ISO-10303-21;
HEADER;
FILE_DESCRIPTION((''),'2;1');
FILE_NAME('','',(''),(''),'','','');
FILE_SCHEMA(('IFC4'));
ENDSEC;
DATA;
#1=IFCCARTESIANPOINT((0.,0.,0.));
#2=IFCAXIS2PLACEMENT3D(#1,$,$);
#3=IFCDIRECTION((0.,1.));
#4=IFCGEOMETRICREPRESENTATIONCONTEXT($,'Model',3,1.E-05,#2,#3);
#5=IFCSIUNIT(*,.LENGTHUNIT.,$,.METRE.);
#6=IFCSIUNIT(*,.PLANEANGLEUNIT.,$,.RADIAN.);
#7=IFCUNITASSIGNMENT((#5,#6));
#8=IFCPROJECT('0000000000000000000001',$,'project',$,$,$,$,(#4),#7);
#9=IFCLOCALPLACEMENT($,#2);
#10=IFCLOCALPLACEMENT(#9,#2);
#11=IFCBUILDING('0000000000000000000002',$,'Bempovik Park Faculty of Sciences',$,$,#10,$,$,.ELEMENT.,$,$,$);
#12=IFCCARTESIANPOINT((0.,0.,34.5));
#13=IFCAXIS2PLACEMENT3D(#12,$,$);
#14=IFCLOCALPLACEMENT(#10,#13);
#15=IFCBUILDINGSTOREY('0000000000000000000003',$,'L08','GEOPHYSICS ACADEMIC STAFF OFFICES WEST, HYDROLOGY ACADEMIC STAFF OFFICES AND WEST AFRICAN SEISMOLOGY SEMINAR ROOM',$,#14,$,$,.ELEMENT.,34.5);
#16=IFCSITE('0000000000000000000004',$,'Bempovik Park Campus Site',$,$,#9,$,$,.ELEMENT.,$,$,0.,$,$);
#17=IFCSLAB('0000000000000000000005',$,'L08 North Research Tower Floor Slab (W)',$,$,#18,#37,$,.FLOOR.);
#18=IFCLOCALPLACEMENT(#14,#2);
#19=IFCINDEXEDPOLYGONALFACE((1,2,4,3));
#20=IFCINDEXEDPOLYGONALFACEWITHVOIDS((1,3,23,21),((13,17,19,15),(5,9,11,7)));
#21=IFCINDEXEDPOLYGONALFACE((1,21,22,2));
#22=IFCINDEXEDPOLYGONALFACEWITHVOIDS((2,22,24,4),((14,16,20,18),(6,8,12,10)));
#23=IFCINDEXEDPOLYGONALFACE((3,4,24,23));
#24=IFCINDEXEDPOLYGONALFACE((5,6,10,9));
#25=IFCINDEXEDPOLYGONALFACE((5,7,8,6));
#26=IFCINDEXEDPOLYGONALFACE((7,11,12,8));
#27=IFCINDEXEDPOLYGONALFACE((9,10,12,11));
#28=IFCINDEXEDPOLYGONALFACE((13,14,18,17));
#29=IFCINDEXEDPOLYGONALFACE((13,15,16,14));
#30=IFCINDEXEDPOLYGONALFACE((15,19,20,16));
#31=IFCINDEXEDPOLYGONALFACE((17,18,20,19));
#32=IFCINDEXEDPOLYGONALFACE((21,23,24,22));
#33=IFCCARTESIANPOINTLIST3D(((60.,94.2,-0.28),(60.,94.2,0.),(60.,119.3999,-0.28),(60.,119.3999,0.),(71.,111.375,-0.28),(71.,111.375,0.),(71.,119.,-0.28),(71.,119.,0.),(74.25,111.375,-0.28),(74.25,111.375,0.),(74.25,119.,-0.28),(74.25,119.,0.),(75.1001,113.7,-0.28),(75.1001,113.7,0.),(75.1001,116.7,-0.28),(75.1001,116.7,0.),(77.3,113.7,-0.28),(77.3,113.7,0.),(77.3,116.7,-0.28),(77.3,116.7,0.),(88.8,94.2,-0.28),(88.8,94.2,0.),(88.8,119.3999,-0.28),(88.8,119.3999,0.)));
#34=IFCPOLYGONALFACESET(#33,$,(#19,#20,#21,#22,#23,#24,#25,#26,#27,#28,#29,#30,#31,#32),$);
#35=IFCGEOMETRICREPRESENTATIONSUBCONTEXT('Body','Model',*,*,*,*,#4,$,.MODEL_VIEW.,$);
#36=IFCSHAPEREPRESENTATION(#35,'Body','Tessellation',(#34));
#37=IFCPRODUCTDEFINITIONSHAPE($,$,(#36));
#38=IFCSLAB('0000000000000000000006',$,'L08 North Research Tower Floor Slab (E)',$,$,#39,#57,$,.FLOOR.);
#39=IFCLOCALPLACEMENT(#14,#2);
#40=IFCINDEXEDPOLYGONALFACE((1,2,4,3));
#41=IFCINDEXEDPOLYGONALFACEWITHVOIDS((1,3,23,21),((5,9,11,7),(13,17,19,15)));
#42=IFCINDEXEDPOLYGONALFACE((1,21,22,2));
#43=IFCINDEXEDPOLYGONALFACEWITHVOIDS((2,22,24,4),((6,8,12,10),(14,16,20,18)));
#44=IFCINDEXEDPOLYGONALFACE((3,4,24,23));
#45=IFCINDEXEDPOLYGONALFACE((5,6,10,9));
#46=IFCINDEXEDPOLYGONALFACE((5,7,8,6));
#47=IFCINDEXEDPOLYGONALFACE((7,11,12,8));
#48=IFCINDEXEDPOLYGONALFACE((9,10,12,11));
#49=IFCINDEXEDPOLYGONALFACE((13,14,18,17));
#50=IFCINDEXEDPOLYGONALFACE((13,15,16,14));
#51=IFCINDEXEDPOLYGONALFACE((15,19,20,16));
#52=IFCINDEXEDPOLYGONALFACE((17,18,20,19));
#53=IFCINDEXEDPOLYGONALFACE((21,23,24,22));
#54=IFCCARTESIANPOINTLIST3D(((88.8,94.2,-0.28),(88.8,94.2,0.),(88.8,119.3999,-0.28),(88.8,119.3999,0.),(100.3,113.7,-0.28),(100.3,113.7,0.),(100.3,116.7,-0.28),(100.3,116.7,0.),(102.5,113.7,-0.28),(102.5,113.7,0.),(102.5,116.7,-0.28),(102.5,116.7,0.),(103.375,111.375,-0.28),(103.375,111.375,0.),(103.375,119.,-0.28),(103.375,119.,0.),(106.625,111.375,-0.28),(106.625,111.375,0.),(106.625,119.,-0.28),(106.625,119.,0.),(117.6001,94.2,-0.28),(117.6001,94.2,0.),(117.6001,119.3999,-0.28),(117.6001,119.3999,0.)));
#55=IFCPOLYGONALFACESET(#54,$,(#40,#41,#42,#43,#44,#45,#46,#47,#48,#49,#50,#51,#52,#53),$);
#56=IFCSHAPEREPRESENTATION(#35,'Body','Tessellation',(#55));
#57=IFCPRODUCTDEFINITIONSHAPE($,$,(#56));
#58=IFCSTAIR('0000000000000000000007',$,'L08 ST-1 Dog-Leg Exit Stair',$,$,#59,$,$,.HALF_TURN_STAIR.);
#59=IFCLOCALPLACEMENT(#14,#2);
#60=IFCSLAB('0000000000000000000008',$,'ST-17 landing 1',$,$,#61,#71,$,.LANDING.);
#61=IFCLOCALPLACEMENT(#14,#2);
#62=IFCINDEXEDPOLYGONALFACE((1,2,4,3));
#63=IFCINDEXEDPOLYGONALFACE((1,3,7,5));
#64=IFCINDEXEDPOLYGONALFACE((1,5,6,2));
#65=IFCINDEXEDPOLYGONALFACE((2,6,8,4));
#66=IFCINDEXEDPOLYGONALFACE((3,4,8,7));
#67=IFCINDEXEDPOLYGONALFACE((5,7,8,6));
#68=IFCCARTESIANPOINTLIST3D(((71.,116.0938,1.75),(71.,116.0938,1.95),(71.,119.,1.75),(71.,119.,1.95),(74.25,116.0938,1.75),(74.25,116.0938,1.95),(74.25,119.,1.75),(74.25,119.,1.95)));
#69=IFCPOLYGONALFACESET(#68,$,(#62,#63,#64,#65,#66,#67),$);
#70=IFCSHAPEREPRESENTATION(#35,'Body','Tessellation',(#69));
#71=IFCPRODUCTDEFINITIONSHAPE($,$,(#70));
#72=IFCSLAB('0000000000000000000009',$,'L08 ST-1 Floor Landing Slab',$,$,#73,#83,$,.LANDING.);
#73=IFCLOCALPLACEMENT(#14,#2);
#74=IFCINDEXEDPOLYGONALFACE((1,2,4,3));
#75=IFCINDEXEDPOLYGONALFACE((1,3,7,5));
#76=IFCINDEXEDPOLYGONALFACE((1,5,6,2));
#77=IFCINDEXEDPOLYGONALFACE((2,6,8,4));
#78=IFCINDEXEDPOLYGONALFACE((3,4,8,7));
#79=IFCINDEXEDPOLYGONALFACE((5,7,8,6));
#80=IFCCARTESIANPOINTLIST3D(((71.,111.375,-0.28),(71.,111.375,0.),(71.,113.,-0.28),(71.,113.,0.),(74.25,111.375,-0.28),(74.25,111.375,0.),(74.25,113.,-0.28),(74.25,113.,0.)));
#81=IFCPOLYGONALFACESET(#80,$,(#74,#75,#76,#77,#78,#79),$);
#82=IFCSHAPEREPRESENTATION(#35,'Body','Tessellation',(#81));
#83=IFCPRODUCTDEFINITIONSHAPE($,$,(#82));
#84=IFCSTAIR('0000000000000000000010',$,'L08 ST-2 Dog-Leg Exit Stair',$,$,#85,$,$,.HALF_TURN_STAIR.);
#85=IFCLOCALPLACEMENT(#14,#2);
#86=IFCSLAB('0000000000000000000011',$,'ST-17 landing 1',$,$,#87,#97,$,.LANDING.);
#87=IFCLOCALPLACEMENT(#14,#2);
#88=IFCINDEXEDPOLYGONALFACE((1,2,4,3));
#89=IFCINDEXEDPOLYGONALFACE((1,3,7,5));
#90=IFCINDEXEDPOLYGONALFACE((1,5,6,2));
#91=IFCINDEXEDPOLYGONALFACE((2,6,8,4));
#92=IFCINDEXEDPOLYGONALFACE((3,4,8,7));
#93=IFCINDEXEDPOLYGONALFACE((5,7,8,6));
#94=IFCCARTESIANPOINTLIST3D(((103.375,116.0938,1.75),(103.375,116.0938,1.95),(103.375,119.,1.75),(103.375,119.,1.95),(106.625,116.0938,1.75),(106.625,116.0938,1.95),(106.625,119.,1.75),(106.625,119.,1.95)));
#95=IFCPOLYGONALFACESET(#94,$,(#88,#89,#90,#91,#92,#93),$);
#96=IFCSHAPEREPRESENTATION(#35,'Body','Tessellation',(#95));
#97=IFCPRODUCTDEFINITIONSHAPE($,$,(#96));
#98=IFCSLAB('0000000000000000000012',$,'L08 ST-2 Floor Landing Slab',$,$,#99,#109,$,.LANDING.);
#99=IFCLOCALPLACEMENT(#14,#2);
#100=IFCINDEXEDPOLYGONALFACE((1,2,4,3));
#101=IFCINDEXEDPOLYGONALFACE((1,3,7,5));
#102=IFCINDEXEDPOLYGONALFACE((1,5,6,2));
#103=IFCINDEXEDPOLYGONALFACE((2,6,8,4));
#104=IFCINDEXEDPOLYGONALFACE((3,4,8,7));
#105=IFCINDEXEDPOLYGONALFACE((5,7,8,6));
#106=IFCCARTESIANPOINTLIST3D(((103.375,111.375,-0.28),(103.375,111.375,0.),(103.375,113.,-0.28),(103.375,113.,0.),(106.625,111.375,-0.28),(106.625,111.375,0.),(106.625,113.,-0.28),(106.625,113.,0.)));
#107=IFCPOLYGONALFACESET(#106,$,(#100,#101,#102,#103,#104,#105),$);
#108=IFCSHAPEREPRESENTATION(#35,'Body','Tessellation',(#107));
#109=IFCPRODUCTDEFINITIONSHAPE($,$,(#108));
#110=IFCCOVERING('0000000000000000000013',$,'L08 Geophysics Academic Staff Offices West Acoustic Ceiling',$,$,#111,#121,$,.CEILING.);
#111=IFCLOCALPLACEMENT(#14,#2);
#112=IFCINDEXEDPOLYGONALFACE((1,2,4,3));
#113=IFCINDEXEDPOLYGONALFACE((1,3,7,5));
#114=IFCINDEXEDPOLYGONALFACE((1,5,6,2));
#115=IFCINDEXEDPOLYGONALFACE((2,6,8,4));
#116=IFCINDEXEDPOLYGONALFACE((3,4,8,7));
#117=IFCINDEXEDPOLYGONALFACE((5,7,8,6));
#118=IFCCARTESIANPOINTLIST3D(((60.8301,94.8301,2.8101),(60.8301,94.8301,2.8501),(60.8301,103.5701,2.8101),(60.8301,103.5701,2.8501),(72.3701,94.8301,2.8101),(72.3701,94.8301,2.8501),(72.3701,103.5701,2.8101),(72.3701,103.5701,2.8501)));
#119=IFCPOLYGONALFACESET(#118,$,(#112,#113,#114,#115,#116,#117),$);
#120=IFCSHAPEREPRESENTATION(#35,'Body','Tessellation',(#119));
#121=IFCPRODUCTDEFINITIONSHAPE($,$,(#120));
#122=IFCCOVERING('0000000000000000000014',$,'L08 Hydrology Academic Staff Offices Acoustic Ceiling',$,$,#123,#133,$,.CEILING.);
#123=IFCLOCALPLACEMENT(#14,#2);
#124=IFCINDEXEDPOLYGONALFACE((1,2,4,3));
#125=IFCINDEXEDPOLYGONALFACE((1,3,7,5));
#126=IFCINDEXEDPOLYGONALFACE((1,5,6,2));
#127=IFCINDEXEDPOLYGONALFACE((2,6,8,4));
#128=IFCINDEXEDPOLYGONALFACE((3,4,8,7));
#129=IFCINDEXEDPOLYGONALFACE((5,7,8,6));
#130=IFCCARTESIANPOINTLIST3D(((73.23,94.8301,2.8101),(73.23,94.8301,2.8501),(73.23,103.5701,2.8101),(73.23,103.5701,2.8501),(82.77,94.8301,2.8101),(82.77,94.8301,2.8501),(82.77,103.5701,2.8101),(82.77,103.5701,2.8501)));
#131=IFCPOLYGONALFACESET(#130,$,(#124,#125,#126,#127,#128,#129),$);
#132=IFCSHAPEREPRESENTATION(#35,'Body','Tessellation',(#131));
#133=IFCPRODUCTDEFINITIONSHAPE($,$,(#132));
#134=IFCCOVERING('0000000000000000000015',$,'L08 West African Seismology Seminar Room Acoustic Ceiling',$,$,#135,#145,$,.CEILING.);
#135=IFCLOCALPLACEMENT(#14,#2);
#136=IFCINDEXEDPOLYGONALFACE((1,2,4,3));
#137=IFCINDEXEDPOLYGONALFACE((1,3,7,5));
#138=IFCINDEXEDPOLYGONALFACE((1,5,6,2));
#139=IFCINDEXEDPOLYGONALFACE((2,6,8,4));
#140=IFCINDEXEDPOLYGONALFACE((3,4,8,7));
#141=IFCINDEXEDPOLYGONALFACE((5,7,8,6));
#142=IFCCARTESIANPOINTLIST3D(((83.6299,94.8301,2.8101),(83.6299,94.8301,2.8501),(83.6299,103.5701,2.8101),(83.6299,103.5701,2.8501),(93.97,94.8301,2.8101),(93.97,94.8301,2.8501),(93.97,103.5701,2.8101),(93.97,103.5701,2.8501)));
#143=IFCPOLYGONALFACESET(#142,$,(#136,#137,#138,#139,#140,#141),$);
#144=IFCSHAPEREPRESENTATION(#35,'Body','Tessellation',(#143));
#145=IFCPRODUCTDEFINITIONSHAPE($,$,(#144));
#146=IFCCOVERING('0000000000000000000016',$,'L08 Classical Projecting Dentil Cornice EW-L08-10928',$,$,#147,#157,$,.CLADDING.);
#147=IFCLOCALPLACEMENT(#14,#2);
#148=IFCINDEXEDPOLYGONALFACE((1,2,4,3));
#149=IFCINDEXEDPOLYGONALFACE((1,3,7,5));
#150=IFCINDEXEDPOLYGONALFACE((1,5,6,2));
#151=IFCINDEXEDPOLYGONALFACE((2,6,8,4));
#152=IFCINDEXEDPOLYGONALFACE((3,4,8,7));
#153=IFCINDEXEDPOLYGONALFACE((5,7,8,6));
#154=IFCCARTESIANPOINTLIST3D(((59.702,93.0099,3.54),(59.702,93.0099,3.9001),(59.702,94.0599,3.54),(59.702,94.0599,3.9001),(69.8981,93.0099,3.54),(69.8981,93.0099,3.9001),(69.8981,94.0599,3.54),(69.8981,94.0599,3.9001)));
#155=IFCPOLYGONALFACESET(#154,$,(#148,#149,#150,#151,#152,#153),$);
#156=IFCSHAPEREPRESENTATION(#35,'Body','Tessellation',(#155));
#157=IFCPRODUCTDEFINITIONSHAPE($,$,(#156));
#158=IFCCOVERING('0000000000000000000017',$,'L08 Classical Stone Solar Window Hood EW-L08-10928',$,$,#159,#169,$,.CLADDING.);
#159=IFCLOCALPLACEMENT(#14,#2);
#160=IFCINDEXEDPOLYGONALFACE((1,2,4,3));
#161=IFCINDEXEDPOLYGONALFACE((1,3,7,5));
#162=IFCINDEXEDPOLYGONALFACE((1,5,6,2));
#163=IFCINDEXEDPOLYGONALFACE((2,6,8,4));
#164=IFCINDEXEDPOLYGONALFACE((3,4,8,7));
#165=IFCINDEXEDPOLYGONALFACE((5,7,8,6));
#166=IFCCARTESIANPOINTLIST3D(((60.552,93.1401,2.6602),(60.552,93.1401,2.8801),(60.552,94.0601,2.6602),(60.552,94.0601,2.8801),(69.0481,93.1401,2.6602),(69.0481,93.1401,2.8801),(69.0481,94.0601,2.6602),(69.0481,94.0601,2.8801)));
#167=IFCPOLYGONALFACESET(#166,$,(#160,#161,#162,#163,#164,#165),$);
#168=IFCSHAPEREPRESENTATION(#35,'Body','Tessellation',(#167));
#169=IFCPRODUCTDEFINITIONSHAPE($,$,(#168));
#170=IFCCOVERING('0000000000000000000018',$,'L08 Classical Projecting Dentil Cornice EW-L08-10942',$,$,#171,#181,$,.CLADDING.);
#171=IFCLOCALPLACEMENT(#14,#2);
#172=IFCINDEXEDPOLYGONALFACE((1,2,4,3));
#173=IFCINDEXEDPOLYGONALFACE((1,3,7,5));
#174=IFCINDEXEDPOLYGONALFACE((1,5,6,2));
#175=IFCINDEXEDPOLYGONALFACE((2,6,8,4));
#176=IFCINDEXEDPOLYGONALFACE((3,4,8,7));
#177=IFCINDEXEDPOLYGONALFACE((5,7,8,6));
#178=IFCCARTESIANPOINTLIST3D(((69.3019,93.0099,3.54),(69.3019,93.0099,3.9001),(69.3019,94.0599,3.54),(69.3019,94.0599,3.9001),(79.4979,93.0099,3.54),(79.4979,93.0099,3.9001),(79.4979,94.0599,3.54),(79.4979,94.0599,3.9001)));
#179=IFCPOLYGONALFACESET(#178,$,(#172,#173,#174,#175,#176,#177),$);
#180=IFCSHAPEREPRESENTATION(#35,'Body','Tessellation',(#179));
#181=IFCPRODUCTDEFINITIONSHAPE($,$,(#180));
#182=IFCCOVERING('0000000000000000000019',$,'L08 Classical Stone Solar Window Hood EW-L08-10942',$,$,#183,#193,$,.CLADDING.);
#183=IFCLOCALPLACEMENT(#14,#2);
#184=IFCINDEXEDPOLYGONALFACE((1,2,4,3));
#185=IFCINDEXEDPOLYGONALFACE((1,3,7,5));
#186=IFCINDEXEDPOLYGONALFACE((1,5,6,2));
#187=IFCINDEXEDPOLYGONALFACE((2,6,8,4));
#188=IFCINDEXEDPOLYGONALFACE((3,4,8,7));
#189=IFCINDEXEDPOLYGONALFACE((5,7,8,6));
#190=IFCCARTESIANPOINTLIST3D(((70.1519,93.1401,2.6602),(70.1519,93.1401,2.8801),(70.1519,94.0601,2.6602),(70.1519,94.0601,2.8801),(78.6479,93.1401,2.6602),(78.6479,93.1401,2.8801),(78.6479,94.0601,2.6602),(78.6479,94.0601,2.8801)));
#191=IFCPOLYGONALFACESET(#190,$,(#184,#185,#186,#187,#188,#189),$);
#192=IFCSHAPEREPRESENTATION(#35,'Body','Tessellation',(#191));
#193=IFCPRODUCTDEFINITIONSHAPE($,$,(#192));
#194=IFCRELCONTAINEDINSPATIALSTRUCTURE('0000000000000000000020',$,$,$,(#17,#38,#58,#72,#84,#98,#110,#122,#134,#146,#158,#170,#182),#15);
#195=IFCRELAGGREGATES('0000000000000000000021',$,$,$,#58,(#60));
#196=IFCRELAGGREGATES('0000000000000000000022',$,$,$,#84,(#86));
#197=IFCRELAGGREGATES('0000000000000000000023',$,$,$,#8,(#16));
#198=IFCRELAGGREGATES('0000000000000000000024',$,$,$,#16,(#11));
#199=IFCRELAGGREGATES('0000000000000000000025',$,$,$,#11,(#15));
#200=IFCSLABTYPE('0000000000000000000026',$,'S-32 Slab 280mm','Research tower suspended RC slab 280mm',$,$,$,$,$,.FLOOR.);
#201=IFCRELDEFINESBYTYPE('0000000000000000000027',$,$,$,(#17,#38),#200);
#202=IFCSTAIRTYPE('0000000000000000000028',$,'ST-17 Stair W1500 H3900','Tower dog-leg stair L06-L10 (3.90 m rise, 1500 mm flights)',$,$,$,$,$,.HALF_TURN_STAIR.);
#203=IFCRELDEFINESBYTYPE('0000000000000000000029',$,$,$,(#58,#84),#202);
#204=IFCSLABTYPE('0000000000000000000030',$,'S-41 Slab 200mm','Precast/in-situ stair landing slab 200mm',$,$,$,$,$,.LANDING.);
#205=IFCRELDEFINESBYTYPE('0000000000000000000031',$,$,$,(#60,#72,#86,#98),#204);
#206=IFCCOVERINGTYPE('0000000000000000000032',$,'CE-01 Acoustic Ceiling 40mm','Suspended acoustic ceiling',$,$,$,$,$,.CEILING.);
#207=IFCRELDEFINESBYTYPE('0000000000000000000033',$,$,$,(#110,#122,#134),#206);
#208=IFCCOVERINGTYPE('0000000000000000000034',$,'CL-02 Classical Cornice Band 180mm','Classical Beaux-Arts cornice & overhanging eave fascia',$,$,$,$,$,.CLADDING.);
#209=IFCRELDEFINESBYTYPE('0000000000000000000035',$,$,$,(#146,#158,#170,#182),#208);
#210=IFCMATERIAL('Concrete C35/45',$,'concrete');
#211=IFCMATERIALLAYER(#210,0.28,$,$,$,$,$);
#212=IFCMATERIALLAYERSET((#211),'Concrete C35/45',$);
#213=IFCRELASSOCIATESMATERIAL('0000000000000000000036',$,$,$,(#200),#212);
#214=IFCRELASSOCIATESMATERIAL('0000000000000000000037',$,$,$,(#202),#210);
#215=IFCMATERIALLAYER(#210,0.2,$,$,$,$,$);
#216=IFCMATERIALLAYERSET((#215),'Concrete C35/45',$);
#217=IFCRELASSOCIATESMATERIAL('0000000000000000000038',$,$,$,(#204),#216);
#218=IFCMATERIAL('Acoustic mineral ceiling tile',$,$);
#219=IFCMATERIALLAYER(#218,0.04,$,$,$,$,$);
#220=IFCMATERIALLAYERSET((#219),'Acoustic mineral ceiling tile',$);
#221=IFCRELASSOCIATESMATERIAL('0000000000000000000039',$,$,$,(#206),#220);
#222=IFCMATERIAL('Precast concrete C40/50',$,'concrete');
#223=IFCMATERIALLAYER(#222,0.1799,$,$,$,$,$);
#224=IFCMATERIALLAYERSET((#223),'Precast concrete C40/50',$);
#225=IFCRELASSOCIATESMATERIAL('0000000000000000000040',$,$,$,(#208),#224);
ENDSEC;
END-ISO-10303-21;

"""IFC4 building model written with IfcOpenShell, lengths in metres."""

from ifc_helpers import new_model, si_unit, direction, frame, origin, origin_2d, place, context, subcontext, project, spatial, polyline, rectangle, outline, extrude, material, layer, layer_set, type_object, element, aggregate, save


model = new_model("IFC4")

# Units and contexts
model_context = context("Model", 3, precision=1e-05, world=origin(), true_north=direction((0.0, 1.0)))
body_context = subcontext(model_context, "Body", "Model", "MODEL_VIEW")
ifc_project = project(units=[si_unit("LENGTHUNIT", "METRE"), si_unit("PLANEANGLEUNIT", "RADIAN")], contexts=[model_context])

# Site, building, storey
site_placement = place(None, origin())
site = spatial("IfcSite", under=ifc_project, at=site_placement, Name="Bempovik Park Campus Site", CompositionType="ELEMENT", RefElevation=0.0)
building_placement = place(site_placement, origin())
building = spatial("IfcBuilding", under=site, at=building_placement, Name="Bempovik Park Faculty of Sciences", CompositionType="ELEMENT")
storey_placement = place(building_placement, frame((0.0, 0.0, 34.5)))
storey = spatial("IfcBuildingStorey", under=building, at=storey_placement, Name="L08", Description="GEOPHYSICS ACADEMIC STAFF OFFICES WEST, HYDROLOGY ACADEMIC STAFF OFFICES AND WEST AFRICAN SEISMOLOGY SEMINAR ROOM", CompositionType="ELEMENT", Elevation=34.5)

# Slabs
ifc_material_1 = material(Name="Concrete C35/45", Category="concrete")
ifc_layer_1 = layer(ifc_material_1, 0.28)
ifc_layer_set_1 = layer_set([ifc_layer_1], Name="Concrete C35/45")
slab_type_1 = type_object("IfcSlabType", Name="S-32 Slab 280mm", Description="Research tower suspended RC slab 280mm", PredefinedType="FLOOR", material=ifc_layer_set_1)
slab_1_placement = place(storey_placement, frame((0.0, 0.0, -0.28)))
element("IfcSlab", 1, at=slab_1_placement, inside=storey, type_object=slab_type_1, Name="L08 North Research Tower Floor Slab (W)", PredefinedType="FLOOR", context=body_context, shape_type="SweptSolid", body=[
    extrude(outline(polyline([(60.0, 94.2), (88.8, 94.2), (88.8, 119.3999), (60.0, 119.3999), (60.0, 94.2)]), holes=[polyline([(71.0, 111.375), (74.25, 111.375), (74.25, 119.0), (71.0, 119.0), (71.0, 111.375)]), polyline([(75.1001, 113.7), (77.3, 113.7), (77.3, 116.7), (75.1001, 116.7), (75.1001, 113.7)])]), origin(), (0.0, 0.0, 1.0), 0.28),
])
slab_2_placement = place(storey_placement, frame((0.0, 0.0, -0.28)))
element("IfcSlab", 2, at=slab_2_placement, inside=storey, type_object=slab_type_1, Name="L08 North Research Tower Floor Slab (E)", PredefinedType="FLOOR", context=body_context, shape_type="SweptSolid", body=[
    extrude(outline(polyline([(88.8, 94.2), (117.6001, 94.2), (117.6001, 119.3999), (88.8, 119.3999), (88.8, 94.2)]), holes=[polyline([(103.375, 111.375), (106.625, 111.375), (106.625, 119.0), (103.375, 119.0), (103.375, 111.375)]), polyline([(100.3, 113.7), (102.5, 113.7), (102.5, 116.7), (100.3, 116.7), (100.3, 113.7)])]), origin(), (0.0, 0.0, 1.0), 0.28),
])

# Stair, slab
stair_type = type_object("IfcStairType", Name="ST-17 Stair W1500 H3900", Description="Tower dog-leg stair L06-L10 (3.90 m rise, 1500 mm flights)", PredefinedType="HALF_TURN_STAIR", material=ifc_material_1)
stair_1_placement = place(storey_placement, origin())
stair_1 = element("IfcStair", 3, at=stair_1_placement, inside=storey, type_object=stair_type, Name="L08 ST-1 Dog-Leg Exit Stair", PredefinedType="HALF_TURN_STAIR")
ifc_layer_2 = layer(ifc_material_1, 0.2)
ifc_layer_set_2 = layer_set([ifc_layer_2], Name="Concrete C35/45")
slab_type_2 = type_object("IfcSlabType", Name="S-41 Slab 200mm", Description="Precast/in-situ stair landing slab 200mm", PredefinedType="LANDING", material=ifc_layer_set_2)
slab_3_placement = place(storey_placement, frame((0.0, 0.0, 1.75)))
slab_3 = element("IfcSlab", 4, at=slab_3_placement, type_object=slab_type_2, Name="ST-17 landing 1", PredefinedType="LANDING", context=body_context, shape_type="SweptSolid", body=[
    extrude(outline(polyline([(74.25, 116.0938), (74.25, 119.0), (71.0, 119.0), (71.0, 116.0938), (74.25, 116.0938)])), origin(), (0.0, 0.0, 1.0), 0.2),
])
aggregate(stair_1, [slab_3])

# Slab
slab_4_placement = place(storey_placement, frame((0.0, 0.0, -0.28)))
element("IfcSlab", 5, at=slab_4_placement, inside=storey, type_object=slab_type_2, Name="L08 ST-1 Floor Landing Slab", PredefinedType="LANDING", context=body_context, shape_type="SweptSolid", body=[
    extrude(outline(polyline([(74.25, 111.375), (74.25, 113.0), (71.0, 113.0), (71.0, 111.375), (74.25, 111.375)])), origin(), (0.0, 0.0, 1.0), 0.28),
])

# Stair, slab
stair_2_placement = place(storey_placement, origin())
stair_2 = element("IfcStair", 6, at=stair_2_placement, inside=storey, type_object=stair_type, Name="L08 ST-2 Dog-Leg Exit Stair", PredefinedType="HALF_TURN_STAIR")
slab_5_placement = place(storey_placement, frame((0.0, 0.0, 1.75)))
slab_5 = element("IfcSlab", 7, at=slab_5_placement, type_object=slab_type_2, Name="ST-17 landing 1", PredefinedType="LANDING", context=body_context, shape_type="SweptSolid", body=[
    extrude(outline(polyline([(106.625, 116.0938), (106.625, 119.0), (103.375, 119.0), (103.375, 116.0938), (106.625, 116.0938)])), origin(), (0.0, 0.0, 1.0), 0.2),
])
aggregate(stair_2, [slab_5])

# Slab
slab_6_placement = place(storey_placement, frame((0.0, 0.0, -0.28)))
element("IfcSlab", 8, at=slab_6_placement, inside=storey, type_object=slab_type_2, Name="L08 ST-2 Floor Landing Slab", PredefinedType="LANDING", context=body_context, shape_type="SweptSolid", body=[
    extrude(outline(polyline([(106.625, 111.375), (106.625, 113.0), (103.375, 113.0), (103.375, 111.375), (106.625, 111.375)])), origin(), (0.0, 0.0, 1.0), 0.28),
])

# Coverings
ifc_material_2 = material(Name="Acoustic mineral ceiling tile")
ifc_layer_3 = layer(ifc_material_2, 0.04)
ifc_layer_set_3 = layer_set([ifc_layer_3], Name="Acoustic mineral ceiling tile")
covering_type_1 = type_object("IfcCoveringType", Name="CE-01 Acoustic Ceiling 40mm", Description="Suspended acoustic ceiling", PredefinedType="CEILING", material=ifc_layer_set_3)
covering_1_placement = place(storey_placement, frame((0.0, 0.0, 2.8101)))
element("IfcCovering", 9, at=covering_1_placement, inside=storey, type_object=covering_type_1, Name="L08 Geophysics Academic Staff Offices West Acoustic Ceiling", PredefinedType="CEILING", context=body_context, shape_type="SweptSolid", body=[
    extrude(outline(polyline([(60.8301, 94.8301), (72.3701, 94.8301), (72.3701, 103.5701), (60.8301, 103.5701), (60.8301, 94.8301)])), origin(), (0.0, 0.0, 1.0), 0.04),
])
covering_2_placement = place(storey_placement, frame((0.0, 0.0, 2.8101)))
element("IfcCovering", 10, at=covering_2_placement, inside=storey, type_object=covering_type_1, Name="L08 Hydrology Academic Staff Offices Acoustic Ceiling", PredefinedType="CEILING", context=body_context, shape_type="SweptSolid", body=[
    extrude(outline(polyline([(73.23, 94.8301), (82.77, 94.8301), (82.77, 103.5701), (73.23, 103.5701), (73.23, 94.8301)])), origin(), (0.0, 0.0, 1.0), 0.04),
])
covering_3_placement = place(storey_placement, frame((0.0, 0.0, 2.8101)))
element("IfcCovering", 11, at=covering_3_placement, inside=storey, type_object=covering_type_1, Name="L08 West African Seismology Seminar Room Acoustic Ceiling", PredefinedType="CEILING", context=body_context, shape_type="SweptSolid", body=[
    extrude(outline(polyline([(83.6299, 94.8301), (93.97, 94.8301), (93.97, 103.5701), (83.6299, 103.5701), (83.6299, 94.8301)])), origin(), (0.0, 0.0, 1.0), 0.04),
])
ifc_material_3 = material(Name="Precast concrete C40/50", Category="concrete")
ifc_layer_4 = layer(ifc_material_3, 0.1799)
ifc_layer_set_4 = layer_set([ifc_layer_4], Name="Precast concrete C40/50")
covering_type_2 = type_object("IfcCoveringType", Name="CL-02 Classical Cornice Band 180mm", Description="Classical Beaux-Arts cornice & overhanging eave fascia", PredefinedType="CLADDING", material=ifc_layer_set_4)
covering_4_placement = place(storey_placement, frame((64.8, 93.5349, 3.54), z_axis=(0.0, 0.0, 1.0), x_axis=(1.0, 0.0, 0.0)))
element("IfcCovering", 12, at=covering_4_placement, inside=storey, type_object=covering_type_2, Name="L08 Classical Projecting Dentil Cornice EW-L08-10928", PredefinedType="CLADDING", context=body_context, shape_type="SweptSolid", body=[
    extrude(rectangle(XDim=10.196, YDim=1.05, at=origin_2d()), origin(), (0.0, 0.0, 1.0), 0.3601),
])
covering_5_placement = place(storey_placement, frame((64.8, 93.6001, 2.6602), z_axis=(0.0, 0.0, 1.0), x_axis=(1.0, 0.0, 0.0)))
element("IfcCovering", 13, at=covering_5_placement, inside=storey, type_object=covering_type_2, Name="L08 Classical Stone Solar Window Hood EW-L08-10928", PredefinedType="CLADDING", context=body_context, shape_type="SweptSolid", body=[
    extrude(rectangle(XDim=8.4961, YDim=0.9199, at=origin_2d()), origin(), (0.0, 0.0, 1.0), 0.22),
])
covering_6_placement = place(storey_placement, frame((74.3999, 93.5349, 3.54), z_axis=(0.0, 0.0, 1.0), x_axis=(1.0, 0.0, 0.0)))
element("IfcCovering", 14, at=covering_6_placement, inside=storey, type_object=covering_type_2, Name="L08 Classical Projecting Dentil Cornice EW-L08-10942", PredefinedType="CLADDING", context=body_context, shape_type="SweptSolid", body=[
    extrude(rectangle(XDim=10.196, YDim=1.05, at=origin_2d()), origin(), (0.0, 0.0, 1.0), 0.3601),
])
covering_7_placement = place(storey_placement, frame((74.3999, 93.6001, 2.6602), z_axis=(0.0, 0.0, 1.0), x_axis=(1.0, 0.0, 0.0)))
element("IfcCovering", 15, at=covering_7_placement, inside=storey, type_object=covering_type_2, Name="L08 Classical Stone Solar Window Hood EW-L08-10942", PredefinedType="CLADDING", context=body_context, shape_type="SweptSolid", body=[
    extrude(rectangle(XDim=8.4961, YDim=0.9199, at=origin_2d()), origin(), (0.0, 0.0, 1.0), 0.22),
])

save(model, "model.ifc")
